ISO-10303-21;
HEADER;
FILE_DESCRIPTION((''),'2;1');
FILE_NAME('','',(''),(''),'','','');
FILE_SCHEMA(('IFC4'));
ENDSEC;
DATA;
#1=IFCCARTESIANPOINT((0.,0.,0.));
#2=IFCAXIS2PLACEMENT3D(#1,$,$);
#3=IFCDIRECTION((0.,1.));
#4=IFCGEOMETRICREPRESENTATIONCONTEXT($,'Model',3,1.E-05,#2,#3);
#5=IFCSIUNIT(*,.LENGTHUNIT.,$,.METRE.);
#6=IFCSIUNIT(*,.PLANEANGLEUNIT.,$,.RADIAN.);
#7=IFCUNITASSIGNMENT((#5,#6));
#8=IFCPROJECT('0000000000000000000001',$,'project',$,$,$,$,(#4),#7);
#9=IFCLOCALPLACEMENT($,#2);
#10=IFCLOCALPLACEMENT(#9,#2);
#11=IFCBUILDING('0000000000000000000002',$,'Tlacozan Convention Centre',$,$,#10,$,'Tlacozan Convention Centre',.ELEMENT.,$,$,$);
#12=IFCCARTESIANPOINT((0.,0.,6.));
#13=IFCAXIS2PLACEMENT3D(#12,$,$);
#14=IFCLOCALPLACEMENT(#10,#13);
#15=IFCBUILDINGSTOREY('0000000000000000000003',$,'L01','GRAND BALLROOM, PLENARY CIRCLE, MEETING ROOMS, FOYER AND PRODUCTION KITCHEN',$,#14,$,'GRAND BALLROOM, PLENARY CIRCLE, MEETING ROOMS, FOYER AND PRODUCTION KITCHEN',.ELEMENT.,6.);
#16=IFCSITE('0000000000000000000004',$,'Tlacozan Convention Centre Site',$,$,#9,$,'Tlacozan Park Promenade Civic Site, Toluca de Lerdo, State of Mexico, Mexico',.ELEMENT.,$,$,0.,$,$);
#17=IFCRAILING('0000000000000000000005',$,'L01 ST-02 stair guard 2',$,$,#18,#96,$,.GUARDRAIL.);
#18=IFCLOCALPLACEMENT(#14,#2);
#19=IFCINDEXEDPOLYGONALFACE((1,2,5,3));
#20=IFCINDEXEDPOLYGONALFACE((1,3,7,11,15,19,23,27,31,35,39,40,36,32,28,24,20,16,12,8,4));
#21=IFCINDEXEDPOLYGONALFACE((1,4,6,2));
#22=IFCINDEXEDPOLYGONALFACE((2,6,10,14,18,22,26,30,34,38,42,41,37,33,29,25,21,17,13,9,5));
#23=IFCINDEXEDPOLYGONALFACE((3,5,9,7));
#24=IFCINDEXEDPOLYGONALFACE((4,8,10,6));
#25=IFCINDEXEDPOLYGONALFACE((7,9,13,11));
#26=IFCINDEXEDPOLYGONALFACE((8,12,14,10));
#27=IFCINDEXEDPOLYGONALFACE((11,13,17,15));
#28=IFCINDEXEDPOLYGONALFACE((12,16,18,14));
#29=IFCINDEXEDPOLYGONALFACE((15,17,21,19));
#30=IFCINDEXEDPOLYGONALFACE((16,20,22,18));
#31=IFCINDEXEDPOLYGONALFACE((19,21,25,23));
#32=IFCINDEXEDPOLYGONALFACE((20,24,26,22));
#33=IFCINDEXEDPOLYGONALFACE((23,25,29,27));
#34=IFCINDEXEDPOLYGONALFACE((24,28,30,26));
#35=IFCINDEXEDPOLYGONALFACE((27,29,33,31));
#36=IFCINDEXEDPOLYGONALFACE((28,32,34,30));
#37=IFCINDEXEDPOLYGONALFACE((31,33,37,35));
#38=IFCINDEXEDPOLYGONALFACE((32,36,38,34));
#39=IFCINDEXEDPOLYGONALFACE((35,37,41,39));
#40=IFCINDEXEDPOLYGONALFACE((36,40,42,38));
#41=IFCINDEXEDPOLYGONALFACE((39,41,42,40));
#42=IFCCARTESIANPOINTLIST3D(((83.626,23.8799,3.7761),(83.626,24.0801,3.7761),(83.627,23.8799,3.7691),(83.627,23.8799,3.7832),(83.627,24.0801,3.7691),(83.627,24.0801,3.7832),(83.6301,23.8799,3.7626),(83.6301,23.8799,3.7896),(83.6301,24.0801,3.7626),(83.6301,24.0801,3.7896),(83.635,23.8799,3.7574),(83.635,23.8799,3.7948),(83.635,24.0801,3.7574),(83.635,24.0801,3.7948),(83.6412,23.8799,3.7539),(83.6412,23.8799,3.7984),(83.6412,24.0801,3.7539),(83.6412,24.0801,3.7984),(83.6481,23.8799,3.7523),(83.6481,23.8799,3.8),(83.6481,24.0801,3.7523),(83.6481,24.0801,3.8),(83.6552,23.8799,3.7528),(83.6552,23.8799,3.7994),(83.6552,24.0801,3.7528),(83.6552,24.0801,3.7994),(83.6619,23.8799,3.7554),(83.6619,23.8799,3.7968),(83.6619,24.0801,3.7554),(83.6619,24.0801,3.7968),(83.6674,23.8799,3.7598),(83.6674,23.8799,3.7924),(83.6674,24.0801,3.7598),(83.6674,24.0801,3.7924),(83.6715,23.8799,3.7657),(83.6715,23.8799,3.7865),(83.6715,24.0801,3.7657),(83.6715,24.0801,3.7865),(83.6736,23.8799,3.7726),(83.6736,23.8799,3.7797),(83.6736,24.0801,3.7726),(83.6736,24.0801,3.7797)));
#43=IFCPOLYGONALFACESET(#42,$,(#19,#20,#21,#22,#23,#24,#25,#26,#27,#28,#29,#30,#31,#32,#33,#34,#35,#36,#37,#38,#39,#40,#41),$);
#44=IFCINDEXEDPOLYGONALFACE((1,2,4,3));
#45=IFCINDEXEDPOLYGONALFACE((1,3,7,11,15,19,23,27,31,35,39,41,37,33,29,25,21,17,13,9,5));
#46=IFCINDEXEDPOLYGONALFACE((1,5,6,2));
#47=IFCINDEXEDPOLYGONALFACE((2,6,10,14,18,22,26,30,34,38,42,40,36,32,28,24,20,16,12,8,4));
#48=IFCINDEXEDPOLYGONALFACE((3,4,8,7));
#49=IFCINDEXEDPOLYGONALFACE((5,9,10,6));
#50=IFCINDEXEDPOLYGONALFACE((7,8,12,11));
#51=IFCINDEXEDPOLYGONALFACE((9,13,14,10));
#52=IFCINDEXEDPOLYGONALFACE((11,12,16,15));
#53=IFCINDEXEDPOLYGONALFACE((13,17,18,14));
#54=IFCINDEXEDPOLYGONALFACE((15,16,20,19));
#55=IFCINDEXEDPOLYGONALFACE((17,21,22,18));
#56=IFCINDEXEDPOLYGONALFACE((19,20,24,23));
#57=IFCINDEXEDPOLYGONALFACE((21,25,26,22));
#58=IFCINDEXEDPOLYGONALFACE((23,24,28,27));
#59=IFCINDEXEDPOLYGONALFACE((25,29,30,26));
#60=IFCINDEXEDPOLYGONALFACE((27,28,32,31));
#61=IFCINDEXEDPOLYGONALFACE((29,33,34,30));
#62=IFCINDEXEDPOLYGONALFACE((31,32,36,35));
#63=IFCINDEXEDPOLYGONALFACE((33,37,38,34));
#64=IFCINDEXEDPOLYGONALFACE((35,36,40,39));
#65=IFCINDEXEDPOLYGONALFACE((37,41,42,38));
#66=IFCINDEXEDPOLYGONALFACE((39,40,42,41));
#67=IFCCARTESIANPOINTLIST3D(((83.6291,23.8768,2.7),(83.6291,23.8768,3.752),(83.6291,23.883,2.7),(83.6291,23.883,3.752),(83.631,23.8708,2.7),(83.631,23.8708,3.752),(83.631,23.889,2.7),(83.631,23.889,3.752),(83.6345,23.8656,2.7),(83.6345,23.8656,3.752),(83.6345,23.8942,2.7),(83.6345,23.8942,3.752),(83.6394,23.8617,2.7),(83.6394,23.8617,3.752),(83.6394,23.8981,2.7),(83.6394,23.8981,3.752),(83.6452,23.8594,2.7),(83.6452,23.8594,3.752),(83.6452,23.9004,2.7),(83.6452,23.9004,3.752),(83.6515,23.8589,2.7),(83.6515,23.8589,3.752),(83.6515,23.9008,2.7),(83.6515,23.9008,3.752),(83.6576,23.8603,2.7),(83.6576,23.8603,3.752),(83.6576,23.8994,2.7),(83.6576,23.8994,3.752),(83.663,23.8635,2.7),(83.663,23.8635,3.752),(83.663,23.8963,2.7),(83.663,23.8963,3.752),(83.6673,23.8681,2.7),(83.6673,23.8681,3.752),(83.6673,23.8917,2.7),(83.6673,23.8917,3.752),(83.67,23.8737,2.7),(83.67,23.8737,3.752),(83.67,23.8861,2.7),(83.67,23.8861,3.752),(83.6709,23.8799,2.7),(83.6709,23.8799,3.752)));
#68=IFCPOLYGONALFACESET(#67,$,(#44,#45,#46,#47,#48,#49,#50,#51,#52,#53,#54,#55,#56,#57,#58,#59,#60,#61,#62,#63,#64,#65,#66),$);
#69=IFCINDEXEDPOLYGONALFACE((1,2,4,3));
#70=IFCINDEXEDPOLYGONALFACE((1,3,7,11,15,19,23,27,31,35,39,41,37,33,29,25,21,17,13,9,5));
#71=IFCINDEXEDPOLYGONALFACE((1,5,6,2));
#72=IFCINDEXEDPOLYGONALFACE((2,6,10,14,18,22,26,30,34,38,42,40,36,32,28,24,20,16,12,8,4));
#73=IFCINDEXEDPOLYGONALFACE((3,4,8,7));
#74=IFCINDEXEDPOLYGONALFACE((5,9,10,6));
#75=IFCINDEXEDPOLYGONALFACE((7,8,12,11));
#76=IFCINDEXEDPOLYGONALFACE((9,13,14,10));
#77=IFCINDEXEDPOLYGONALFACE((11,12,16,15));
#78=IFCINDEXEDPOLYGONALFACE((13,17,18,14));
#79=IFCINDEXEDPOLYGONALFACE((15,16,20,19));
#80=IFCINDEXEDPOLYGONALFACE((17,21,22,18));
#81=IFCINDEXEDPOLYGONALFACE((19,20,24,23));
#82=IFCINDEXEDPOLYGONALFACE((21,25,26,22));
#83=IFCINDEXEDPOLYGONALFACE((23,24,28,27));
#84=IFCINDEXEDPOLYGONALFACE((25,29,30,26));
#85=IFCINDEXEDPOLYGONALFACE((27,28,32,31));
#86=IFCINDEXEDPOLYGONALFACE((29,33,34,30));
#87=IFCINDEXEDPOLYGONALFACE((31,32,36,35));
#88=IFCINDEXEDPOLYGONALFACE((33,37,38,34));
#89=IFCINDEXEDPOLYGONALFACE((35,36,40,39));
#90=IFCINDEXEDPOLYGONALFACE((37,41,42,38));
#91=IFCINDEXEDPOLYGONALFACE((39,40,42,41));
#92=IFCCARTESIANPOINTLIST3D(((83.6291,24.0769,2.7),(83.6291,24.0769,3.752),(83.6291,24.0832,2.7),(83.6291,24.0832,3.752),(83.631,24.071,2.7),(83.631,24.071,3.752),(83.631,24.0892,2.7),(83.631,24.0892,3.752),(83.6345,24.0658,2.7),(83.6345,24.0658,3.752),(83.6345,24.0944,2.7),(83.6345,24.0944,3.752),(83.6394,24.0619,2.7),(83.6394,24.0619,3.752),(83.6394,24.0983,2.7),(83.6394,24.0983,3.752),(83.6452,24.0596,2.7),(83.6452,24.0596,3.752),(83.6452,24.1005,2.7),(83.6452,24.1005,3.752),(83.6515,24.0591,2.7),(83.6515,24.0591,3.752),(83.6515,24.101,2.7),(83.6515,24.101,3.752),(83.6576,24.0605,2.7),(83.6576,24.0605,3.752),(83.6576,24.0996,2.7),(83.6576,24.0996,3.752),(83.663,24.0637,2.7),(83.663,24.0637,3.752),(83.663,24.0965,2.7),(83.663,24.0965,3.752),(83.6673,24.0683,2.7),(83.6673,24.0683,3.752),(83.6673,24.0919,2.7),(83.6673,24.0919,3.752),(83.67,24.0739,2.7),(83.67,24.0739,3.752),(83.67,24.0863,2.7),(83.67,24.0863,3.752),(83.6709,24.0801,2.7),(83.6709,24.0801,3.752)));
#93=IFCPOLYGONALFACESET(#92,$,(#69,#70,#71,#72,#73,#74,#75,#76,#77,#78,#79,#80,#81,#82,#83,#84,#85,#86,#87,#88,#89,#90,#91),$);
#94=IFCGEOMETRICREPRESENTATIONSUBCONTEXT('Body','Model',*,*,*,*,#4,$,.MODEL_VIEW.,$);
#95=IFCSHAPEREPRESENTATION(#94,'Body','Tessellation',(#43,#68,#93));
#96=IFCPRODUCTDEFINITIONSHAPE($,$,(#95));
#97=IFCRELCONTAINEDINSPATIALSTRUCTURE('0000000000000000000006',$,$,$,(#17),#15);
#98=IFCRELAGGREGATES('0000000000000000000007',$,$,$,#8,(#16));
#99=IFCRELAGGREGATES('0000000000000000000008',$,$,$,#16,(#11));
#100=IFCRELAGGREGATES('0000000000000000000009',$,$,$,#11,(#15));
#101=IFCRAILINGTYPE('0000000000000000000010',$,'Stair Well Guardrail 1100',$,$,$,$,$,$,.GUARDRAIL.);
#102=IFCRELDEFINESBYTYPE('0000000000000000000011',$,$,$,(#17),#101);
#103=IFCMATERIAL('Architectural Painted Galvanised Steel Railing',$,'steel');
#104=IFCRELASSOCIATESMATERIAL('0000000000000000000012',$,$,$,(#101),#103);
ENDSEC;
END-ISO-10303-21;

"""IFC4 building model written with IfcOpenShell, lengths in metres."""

from ifc_helpers import new_model, si_unit, direction, frame, origin, origin_2d, place, context, subcontext, project, spatial, circle, extrude, material, type_object, element, save


model = new_model("IFC4")

# Units and contexts
model_context = context("Model", 3, precision=1e-05, world=origin(), true_north=direction((0.0, 1.0)))
body_context = subcontext(model_context, "Body", "Model", "MODEL_VIEW")
ifc_project = project(units=[si_unit("LENGTHUNIT", "METRE"), si_unit("PLANEANGLEUNIT", "RADIAN")], contexts=[model_context])

# Site, building, storey
site_placement = place(None, origin())
site = spatial("IfcSite", under=ifc_project, at=site_placement, Name="Tlacozan Convention Centre Site", LongName="Tlacozan Park Promenade Civic Site, Toluca de Lerdo, State of Mexico, Mexico", CompositionType="ELEMENT", RefElevation=0.0)
building_placement = place(site_placement, origin())
building = spatial("IfcBuilding", under=site, at=building_placement, Name="Tlacozan Convention Centre", LongName="Tlacozan Convention Centre", CompositionType="ELEMENT")
storey_placement = place(building_placement, frame((0.0, 0.0, 6.0)))
storey = spatial("IfcBuildingStorey", under=building, at=storey_placement, Name="L01", Description="GRAND BALLROOM, PLENARY CIRCLE, MEETING ROOMS, FOYER AND PRODUCTION KITCHEN", LongName="GRAND BALLROOM, PLENARY CIRCLE, MEETING ROOMS, FOYER AND PRODUCTION KITCHEN", CompositionType="ELEMENT", Elevation=6.0)

# Railing
ifc_material_1 = material(Name="Architectural Painted Galvanised Steel Railing", Category="steel")
railing_type_1 = type_object("IfcRailingType", Name="Stair Well Guardrail 1100", PredefinedType="GUARDRAIL", material=ifc_material_1)
railing_1_placement = place(storey_placement, frame((83.6499, 23.8799, 2.7)))
element("IfcRailing", 1, at=railing_1_placement, inside=storey, type_object=railing_type_1, Name="L01 ST-02 stair guard 2", PredefinedType="GUARDRAIL", context=body_context, shape_type="SweptSolid", body=[
    extrude(circle(Radius=0.0239, at=origin_2d()), frame((0.0, 0.0, 1.0762), z_axis=(0.0, 1.0, 0.0), x_axis=(-1.0, 0.0, 0.0)), (0.0, 0.0, 1.0), 0.2002),
    extrude(circle(Radius=0.021, at=origin_2d()), origin(), (0.0, 0.0, 1.0), 1.052),
    extrude(circle(Radius=0.021, at=origin_2d()), frame((0.0, 0.2002, 0.0)), (0.0, 0.0, 1.0), 1.052),
])

save(model, "model.ifc")
